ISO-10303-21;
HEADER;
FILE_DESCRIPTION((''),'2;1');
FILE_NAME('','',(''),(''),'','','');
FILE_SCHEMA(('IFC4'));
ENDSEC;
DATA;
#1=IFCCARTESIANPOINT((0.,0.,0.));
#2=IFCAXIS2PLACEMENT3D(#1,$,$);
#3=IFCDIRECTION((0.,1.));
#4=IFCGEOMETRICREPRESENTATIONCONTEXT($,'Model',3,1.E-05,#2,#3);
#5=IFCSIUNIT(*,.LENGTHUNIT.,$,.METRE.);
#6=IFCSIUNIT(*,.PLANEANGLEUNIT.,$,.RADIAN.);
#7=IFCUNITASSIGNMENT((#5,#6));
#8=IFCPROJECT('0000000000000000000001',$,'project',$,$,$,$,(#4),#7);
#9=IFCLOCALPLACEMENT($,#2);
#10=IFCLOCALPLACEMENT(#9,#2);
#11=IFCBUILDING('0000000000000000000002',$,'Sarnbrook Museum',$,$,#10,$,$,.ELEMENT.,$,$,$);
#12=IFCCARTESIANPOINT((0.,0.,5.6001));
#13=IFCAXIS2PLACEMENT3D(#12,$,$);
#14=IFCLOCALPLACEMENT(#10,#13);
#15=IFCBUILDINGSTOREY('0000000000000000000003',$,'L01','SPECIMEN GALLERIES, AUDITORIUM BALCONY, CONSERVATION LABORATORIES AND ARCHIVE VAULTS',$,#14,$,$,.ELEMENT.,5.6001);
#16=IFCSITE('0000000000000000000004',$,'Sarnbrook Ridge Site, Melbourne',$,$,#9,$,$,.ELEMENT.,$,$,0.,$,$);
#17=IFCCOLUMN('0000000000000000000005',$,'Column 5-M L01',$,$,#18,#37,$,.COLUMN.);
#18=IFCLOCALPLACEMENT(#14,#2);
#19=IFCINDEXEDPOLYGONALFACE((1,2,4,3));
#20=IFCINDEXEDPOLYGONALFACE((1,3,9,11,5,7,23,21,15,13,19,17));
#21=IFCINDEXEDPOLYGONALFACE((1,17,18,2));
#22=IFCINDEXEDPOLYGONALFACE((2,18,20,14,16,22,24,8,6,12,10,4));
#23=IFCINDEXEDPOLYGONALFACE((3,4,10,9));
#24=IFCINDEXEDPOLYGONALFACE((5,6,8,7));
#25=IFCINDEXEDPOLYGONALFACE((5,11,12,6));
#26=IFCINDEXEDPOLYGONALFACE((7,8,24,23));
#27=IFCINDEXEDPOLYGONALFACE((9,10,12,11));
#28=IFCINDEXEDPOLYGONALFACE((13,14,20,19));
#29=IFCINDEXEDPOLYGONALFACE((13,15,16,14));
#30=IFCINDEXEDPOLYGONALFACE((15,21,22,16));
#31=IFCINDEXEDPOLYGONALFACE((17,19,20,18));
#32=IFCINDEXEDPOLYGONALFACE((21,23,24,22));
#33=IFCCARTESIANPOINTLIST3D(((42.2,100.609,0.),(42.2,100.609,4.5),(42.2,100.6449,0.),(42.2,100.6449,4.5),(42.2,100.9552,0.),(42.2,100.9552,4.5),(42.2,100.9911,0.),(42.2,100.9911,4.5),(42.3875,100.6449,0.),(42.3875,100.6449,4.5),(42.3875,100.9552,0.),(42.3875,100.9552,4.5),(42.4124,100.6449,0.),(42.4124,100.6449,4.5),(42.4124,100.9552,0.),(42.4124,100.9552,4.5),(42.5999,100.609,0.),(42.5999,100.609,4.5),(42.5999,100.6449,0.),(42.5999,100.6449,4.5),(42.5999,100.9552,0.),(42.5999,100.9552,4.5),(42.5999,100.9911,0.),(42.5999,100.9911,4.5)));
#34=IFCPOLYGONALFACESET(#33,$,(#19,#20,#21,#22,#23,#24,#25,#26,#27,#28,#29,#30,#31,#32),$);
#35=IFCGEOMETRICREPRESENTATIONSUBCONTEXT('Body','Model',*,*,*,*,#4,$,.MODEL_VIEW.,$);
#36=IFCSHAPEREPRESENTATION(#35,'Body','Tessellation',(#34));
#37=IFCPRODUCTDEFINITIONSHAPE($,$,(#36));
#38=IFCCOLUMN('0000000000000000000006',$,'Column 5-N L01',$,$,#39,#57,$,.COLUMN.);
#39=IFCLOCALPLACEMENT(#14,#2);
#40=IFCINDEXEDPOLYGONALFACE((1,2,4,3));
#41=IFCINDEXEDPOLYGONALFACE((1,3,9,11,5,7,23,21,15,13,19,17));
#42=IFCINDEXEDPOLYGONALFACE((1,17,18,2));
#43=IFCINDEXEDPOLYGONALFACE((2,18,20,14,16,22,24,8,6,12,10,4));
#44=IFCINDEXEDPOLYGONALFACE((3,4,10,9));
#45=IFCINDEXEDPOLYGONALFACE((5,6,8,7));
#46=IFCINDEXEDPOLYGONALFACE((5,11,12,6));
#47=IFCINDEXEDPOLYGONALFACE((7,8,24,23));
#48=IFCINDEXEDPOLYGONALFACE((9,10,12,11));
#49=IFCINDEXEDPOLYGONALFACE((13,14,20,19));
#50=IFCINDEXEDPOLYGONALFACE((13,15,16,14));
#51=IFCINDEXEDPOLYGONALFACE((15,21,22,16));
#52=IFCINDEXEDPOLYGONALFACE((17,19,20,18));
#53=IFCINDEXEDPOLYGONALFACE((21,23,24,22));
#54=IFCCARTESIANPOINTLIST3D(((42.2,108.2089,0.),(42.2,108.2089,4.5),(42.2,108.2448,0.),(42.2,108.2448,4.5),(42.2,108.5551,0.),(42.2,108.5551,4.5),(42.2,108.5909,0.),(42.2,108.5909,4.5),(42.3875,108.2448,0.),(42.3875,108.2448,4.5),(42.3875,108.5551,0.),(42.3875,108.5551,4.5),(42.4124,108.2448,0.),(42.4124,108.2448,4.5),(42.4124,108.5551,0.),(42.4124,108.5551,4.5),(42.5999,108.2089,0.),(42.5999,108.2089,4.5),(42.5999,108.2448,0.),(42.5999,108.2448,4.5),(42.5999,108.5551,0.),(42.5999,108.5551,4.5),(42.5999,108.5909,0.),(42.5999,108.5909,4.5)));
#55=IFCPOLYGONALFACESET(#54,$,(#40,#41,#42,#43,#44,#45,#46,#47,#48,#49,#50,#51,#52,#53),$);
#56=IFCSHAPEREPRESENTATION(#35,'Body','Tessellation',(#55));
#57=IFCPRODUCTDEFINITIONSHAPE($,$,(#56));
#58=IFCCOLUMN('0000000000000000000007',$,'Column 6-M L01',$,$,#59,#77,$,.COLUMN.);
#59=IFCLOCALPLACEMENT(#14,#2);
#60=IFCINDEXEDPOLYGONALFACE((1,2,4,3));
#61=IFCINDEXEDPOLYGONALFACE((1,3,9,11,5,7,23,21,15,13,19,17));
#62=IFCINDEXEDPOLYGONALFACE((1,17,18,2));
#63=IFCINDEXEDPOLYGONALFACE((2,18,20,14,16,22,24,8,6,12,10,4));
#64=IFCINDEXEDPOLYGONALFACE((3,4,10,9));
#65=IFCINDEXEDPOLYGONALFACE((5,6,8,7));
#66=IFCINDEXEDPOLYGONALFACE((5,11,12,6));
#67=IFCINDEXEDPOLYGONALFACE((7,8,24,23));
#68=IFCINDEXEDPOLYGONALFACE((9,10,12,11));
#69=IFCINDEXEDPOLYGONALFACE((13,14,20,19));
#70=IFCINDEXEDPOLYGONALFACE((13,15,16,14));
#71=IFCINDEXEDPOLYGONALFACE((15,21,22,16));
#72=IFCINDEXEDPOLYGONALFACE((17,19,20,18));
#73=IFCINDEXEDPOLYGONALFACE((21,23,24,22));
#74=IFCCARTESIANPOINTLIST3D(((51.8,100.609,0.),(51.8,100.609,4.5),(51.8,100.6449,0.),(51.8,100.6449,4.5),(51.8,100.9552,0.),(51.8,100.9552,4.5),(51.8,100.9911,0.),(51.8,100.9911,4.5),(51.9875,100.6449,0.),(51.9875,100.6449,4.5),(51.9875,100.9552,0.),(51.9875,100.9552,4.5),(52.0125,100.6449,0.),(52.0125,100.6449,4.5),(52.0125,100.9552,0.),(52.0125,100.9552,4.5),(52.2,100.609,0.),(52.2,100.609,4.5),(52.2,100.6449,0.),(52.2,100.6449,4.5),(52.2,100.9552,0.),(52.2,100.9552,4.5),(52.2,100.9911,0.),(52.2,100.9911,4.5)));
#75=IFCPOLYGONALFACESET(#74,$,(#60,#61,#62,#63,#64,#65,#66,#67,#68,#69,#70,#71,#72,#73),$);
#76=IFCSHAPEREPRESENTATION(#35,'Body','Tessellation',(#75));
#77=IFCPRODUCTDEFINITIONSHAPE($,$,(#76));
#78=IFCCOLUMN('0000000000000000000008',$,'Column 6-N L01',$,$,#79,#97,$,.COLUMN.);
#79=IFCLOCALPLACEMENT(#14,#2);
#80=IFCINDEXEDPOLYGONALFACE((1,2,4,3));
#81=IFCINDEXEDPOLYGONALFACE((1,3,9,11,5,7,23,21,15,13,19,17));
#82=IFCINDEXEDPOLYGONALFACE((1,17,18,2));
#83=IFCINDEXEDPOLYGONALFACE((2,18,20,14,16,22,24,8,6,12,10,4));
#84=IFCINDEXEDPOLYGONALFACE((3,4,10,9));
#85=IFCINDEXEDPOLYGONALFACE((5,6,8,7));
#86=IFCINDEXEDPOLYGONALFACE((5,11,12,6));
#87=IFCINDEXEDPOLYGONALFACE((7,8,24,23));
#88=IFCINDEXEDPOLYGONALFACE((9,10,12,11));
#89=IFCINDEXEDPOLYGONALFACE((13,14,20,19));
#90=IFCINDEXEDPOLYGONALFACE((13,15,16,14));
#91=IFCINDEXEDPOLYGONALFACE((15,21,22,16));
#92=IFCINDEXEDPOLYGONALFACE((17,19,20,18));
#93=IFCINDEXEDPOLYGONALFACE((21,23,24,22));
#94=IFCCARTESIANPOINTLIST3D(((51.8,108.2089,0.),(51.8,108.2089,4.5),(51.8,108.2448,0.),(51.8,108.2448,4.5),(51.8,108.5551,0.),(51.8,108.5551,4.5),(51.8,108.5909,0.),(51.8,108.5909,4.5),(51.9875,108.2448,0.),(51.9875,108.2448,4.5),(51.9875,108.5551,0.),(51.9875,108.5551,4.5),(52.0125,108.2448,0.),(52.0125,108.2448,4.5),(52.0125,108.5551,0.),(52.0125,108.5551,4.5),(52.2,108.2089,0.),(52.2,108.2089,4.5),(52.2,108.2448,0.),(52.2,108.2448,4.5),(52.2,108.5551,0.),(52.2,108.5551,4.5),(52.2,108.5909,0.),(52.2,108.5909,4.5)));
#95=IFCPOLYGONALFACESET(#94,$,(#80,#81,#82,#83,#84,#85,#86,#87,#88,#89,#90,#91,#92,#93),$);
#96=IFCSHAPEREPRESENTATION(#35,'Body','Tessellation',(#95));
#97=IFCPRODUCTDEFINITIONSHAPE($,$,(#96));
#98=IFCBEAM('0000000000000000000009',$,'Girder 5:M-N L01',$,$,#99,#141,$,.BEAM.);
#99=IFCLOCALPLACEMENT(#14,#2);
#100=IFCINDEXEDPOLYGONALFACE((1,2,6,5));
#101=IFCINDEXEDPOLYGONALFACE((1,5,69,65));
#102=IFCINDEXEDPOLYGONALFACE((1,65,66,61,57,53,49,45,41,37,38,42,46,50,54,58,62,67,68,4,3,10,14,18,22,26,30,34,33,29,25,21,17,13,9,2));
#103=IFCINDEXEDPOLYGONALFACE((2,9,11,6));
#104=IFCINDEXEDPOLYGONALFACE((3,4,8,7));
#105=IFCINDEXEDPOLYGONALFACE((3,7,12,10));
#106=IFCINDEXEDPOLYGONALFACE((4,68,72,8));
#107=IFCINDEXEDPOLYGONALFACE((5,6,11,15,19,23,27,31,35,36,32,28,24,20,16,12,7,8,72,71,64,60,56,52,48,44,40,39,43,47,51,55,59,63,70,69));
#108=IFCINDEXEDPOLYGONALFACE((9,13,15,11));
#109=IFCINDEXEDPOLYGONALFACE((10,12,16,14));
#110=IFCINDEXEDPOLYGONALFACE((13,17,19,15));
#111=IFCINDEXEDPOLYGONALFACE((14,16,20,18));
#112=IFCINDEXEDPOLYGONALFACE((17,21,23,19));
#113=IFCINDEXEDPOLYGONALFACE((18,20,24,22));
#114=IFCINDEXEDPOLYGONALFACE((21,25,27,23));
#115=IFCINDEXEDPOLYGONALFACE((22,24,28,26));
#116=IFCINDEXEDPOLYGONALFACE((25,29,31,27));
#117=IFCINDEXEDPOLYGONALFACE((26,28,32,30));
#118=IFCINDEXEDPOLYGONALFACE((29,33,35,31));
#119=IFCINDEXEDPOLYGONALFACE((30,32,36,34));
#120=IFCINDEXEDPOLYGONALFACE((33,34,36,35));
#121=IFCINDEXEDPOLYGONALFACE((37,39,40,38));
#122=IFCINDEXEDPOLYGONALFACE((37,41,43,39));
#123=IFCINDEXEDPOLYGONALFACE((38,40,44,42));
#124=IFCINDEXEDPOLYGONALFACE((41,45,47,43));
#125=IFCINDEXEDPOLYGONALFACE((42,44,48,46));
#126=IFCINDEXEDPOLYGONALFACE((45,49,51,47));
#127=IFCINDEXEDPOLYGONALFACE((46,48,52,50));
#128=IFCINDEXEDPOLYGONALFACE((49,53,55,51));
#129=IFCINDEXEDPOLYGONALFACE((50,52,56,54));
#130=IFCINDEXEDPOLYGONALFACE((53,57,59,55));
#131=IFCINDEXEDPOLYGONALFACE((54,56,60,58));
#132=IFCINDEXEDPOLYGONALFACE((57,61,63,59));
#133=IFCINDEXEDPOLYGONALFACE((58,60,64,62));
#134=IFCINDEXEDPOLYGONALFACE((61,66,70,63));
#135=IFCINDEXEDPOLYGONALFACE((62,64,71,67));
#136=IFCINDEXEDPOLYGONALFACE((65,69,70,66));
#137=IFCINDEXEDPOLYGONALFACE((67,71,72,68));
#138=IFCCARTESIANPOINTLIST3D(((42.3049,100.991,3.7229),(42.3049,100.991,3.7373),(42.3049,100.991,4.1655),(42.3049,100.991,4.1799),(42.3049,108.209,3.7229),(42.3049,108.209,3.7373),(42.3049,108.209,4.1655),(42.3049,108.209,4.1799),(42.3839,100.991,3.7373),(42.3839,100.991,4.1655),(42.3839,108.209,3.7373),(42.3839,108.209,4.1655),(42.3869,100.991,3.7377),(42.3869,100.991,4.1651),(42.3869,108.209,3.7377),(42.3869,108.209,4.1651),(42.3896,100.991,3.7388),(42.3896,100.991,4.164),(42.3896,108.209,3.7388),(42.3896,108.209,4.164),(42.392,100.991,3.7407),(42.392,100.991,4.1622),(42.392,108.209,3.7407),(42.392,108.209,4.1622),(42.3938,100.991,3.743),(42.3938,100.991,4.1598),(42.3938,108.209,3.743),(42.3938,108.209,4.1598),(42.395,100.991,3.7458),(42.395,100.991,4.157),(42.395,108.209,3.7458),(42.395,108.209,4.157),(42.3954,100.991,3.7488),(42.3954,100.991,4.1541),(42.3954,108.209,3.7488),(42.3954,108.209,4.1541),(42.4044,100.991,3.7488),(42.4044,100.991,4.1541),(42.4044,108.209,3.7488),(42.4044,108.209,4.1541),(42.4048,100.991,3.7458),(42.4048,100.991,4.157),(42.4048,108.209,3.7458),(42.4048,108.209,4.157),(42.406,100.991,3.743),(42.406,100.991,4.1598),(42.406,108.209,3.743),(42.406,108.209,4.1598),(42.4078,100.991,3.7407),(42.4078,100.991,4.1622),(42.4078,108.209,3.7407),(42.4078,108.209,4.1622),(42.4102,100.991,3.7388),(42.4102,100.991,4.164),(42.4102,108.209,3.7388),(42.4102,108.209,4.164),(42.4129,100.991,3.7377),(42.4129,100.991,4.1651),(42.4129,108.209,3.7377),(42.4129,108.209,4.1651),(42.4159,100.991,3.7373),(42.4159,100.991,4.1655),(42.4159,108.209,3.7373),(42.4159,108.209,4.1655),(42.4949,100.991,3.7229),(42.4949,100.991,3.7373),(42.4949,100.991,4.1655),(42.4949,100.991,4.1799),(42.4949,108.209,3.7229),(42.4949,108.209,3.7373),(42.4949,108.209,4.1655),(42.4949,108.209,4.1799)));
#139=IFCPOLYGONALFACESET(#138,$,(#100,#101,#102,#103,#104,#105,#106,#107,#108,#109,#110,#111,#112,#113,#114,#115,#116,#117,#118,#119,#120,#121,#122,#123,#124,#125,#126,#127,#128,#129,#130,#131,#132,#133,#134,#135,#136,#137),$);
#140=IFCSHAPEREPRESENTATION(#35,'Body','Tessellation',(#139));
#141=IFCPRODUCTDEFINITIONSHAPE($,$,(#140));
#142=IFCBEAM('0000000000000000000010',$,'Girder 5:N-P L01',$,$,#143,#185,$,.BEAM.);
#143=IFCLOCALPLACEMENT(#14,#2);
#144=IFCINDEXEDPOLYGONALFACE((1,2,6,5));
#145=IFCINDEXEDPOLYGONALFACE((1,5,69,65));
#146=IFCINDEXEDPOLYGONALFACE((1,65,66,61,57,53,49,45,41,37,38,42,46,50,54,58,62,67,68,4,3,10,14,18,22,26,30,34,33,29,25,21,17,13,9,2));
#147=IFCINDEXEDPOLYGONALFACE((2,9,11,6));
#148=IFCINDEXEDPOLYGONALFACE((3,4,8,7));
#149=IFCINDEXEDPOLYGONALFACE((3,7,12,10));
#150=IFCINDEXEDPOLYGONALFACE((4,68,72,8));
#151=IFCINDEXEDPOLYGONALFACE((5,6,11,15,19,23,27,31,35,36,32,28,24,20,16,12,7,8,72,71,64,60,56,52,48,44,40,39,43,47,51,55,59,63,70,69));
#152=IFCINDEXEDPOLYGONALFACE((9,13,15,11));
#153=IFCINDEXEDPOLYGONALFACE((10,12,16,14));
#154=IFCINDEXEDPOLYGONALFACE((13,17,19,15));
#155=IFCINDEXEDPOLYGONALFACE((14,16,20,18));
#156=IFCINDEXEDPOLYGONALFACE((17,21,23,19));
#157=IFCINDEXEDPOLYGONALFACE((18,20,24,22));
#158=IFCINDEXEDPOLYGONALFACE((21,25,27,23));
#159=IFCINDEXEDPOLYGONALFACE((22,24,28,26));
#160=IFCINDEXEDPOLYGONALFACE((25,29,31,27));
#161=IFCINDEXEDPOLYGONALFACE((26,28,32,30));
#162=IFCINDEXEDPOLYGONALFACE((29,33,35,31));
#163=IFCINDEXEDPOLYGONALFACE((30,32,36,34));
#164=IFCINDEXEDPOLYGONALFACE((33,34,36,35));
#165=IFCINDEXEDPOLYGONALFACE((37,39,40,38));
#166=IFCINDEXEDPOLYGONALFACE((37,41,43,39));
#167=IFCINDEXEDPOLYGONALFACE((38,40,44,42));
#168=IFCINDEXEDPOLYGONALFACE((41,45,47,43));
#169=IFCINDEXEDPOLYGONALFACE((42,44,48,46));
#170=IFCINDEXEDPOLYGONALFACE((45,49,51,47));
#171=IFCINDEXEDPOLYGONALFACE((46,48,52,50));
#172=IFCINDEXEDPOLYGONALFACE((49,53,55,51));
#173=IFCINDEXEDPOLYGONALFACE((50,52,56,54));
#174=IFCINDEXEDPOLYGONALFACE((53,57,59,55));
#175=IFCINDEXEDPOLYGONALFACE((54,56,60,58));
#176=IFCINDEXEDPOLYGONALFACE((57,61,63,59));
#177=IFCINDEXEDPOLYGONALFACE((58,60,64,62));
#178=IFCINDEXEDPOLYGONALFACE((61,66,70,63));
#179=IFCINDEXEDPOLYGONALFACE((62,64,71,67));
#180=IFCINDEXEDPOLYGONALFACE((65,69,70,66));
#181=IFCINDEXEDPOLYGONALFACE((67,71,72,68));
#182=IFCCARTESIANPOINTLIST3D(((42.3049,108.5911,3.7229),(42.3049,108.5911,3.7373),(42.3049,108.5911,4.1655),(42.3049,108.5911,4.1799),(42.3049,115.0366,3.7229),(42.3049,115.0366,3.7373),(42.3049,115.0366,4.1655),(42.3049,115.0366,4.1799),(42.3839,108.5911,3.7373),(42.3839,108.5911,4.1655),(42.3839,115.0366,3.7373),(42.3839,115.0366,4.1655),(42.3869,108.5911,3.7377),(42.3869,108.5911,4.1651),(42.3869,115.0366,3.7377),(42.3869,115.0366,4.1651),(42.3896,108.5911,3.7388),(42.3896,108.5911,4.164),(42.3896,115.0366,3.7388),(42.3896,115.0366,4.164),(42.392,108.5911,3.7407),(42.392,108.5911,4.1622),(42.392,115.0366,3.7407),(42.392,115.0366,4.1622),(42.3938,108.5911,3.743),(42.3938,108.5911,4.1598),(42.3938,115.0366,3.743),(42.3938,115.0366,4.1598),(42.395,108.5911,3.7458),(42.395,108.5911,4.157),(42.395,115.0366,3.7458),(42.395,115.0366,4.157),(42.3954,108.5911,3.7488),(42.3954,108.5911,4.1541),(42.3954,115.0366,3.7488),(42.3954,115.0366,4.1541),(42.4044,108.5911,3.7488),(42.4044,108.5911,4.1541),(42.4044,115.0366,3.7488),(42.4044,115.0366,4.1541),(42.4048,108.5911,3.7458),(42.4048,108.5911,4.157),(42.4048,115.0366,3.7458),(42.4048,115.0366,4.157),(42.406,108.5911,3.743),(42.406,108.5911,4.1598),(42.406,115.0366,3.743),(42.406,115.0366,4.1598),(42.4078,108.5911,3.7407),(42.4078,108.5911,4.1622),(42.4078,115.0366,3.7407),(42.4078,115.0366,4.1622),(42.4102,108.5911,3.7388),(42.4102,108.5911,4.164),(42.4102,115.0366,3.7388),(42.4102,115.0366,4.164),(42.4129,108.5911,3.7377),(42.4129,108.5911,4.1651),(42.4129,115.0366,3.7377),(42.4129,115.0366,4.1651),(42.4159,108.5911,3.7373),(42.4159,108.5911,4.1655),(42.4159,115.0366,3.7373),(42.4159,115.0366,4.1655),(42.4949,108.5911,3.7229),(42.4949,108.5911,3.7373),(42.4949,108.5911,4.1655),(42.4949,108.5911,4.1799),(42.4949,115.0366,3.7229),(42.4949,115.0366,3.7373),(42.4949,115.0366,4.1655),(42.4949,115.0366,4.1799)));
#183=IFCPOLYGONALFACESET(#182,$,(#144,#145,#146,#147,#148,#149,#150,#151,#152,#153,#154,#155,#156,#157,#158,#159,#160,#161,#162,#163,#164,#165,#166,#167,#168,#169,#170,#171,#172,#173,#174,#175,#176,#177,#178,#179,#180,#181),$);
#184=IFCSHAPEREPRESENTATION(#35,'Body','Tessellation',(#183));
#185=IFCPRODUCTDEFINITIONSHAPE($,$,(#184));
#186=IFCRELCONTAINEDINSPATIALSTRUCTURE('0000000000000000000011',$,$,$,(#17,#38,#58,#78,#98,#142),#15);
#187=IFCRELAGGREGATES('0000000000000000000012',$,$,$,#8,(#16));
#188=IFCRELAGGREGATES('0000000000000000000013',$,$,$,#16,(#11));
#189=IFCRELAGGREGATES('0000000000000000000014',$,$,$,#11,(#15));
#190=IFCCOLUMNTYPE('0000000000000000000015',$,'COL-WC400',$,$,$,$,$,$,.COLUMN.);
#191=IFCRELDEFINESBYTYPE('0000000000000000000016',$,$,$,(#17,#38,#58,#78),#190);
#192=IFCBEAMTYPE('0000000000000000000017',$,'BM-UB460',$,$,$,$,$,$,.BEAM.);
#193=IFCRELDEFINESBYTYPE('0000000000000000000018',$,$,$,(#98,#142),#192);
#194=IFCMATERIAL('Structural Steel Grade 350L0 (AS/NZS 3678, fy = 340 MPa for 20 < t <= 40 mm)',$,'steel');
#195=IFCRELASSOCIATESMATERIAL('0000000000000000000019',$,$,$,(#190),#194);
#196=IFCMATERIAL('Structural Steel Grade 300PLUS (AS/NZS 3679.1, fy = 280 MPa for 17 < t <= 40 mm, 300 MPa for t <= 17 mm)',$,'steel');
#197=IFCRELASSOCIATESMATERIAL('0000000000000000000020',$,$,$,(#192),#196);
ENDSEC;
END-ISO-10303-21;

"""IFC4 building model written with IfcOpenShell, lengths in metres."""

from ifc_helpers import new_model, si_unit, direction, frame, origin, origin_2d, place, context, subcontext, project, spatial, i_section, extrude, material, material_profile, profile_set, type_object, element, save


model = new_model("IFC4")

# Units and contexts
model_context = context("Model", 3, precision=1e-05, world=origin(), true_north=direction((0.0, 1.0)))
body_context = subcontext(model_context, "Body", "Model", "MODEL_VIEW")
ifc_project = project(units=[si_unit("LENGTHUNIT", "METRE"), si_unit("PLANEANGLEUNIT", "RADIAN")], contexts=[model_context])

# Site, building, storey
site_placement = place(None, origin())
site = spatial("IfcSite", under=ifc_project, at=site_placement, Name="Sarnbrook Ridge Site, Melbourne", CompositionType="ELEMENT", RefElevation=0.0)
building_placement = place(site_placement, origin())
building = spatial("IfcBuilding", under=site, at=building_placement, Name="Sarnbrook Museum", CompositionType="ELEMENT")
storey_placement = place(building_placement, frame((0.0, 0.0, 5.6001)))
storey = spatial("IfcBuildingStorey", under=building, at=storey_placement, Name="L01", Description="SPECIMEN GALLERIES, AUDITORIUM BALCONY, CONSERVATION LABORATORIES AND ARCHIVE VAULTS", CompositionType="ELEMENT", Elevation=5.6001)

# Columns
ifc_material_1 = material(Name="Structural Steel Grade 350L0 (AS/NZS 3678, fy = 340 MPa for 20 < t <= 40 mm)", Category="steel")
ifc_material_profile_1 = material_profile(ifc_material_1, i_section(OverallWidth=0.3999, OverallDepth=0.3821, WebThickness=0.0249, FlangeThickness=0.0359, at=origin_2d()), Name="400WC270")
ifc_profile_set_1 = profile_set([ifc_material_profile_1], Name="Structural Steel Grade 350L0 (AS/NZS 3678, fy = 340 MPa for 20 < t <= 40 mm)")
column_type = type_object("IfcColumnType", Name="COL-WC400", PredefinedType="COLUMN", material=ifc_profile_set_1)
for number, where, z_axis, x_axis, name in (
    (1, (42.3999, 100.8, 0.0), (0.0, 0.0, 1.0), (1.0, 0.0, 0.0), "Column 5-M L01"),
    (2, (42.3999, 108.3999, 0.0), (0.0, 0.0, 1.0), (1.0, 0.0, 0.0), "Column 5-N L01"),
    (3, (52.0, 100.8, 0.0), (0.0, 0.0, 1.0), (1.0, 0.0, 0.0), "Column 6-M L01"),
    (4, (52.0, 108.3999, 0.0), (0.0, 0.0, 1.0), (1.0, 0.0, 0.0), "Column 6-N L01"),
):
    element("IfcColumn", number, at=place(storey_placement, frame(where, z_axis=z_axis, x_axis=x_axis)), inside=storey, type_object=column_type, Name=name, PredefinedType="COLUMN", context=body_context, shape_type="SweptSolid", body=[
        extrude(i_section(OverallWidth=0.3999, OverallDepth=0.3821, WebThickness=0.0249, FlangeThickness=0.0359, at=origin_2d()), origin(), (0.0, 0.0, 1.0), 4.5),
    ])

# Beams
ifc_material_2 = material(Name="Structural Steel Grade 300PLUS (AS/NZS 3679.1, fy = 280 MPa for 17 < t <= 40 mm, 300 MPa for t <= 17 mm)", Category="steel")
ifc_material_profile_2 = material_profile(ifc_material_2, i_section(OverallWidth=0.1899, OverallDepth=0.457, WebThickness=0.009, FlangeThickness=0.0144, FilletRadius=0.0115, at=origin_2d()), Name="460UB74.6")
ifc_profile_set_2 = profile_set([ifc_material_profile_2], Name="Structural Steel Grade 300PLUS (AS/NZS 3679.1, fy = 280 MPa for 17 < t <= 40 mm, 300 MPa for t <= 17 mm)")
beam_type_1 = type_object("IfcBeamType", Name="BM-UB460", PredefinedType="BEAM", material=ifc_profile_set_2)
beam_1_placement = place(storey_placement, frame((42.3999, 100.991, 3.9514), z_axis=(0.0, 1.0, 0.0), x_axis=(-1.0, 0.0, 0.0)))
element("IfcBeam", 5, at=beam_1_placement, inside=storey, type_object=beam_type_1, Name="Girder 5:M-N L01", PredefinedType="BEAM", context=body_context, shape_type="SweptSolid", body=[
    extrude(i_section(OverallWidth=0.1899, OverallDepth=0.457, WebThickness=0.009, FlangeThickness=0.0144, FilletRadius=0.0115, at=origin_2d()), origin(), (0.0, 0.0, 1.0), 7.218),
])
beam_2_placement = place(storey_placement, frame((42.3999, 108.5911, 3.9514), z_axis=(0.0, 1.0, 0.0), x_axis=(-1.0, 0.0, 0.0)))
element("IfcBeam", 6, at=beam_2_placement, inside=storey, type_object=beam_type_1, Name="Girder 5:N-P L01", PredefinedType="BEAM", context=body_context, shape_type="SweptSolid", body=[
    extrude(i_section(OverallWidth=0.1899, OverallDepth=0.457, WebThickness=0.009, FlangeThickness=0.0144, FilletRadius=0.0115, at=origin_2d()), origin(), (0.0, 0.0, 1.0), 6.4456),
])

save(model, "model.ifc")
